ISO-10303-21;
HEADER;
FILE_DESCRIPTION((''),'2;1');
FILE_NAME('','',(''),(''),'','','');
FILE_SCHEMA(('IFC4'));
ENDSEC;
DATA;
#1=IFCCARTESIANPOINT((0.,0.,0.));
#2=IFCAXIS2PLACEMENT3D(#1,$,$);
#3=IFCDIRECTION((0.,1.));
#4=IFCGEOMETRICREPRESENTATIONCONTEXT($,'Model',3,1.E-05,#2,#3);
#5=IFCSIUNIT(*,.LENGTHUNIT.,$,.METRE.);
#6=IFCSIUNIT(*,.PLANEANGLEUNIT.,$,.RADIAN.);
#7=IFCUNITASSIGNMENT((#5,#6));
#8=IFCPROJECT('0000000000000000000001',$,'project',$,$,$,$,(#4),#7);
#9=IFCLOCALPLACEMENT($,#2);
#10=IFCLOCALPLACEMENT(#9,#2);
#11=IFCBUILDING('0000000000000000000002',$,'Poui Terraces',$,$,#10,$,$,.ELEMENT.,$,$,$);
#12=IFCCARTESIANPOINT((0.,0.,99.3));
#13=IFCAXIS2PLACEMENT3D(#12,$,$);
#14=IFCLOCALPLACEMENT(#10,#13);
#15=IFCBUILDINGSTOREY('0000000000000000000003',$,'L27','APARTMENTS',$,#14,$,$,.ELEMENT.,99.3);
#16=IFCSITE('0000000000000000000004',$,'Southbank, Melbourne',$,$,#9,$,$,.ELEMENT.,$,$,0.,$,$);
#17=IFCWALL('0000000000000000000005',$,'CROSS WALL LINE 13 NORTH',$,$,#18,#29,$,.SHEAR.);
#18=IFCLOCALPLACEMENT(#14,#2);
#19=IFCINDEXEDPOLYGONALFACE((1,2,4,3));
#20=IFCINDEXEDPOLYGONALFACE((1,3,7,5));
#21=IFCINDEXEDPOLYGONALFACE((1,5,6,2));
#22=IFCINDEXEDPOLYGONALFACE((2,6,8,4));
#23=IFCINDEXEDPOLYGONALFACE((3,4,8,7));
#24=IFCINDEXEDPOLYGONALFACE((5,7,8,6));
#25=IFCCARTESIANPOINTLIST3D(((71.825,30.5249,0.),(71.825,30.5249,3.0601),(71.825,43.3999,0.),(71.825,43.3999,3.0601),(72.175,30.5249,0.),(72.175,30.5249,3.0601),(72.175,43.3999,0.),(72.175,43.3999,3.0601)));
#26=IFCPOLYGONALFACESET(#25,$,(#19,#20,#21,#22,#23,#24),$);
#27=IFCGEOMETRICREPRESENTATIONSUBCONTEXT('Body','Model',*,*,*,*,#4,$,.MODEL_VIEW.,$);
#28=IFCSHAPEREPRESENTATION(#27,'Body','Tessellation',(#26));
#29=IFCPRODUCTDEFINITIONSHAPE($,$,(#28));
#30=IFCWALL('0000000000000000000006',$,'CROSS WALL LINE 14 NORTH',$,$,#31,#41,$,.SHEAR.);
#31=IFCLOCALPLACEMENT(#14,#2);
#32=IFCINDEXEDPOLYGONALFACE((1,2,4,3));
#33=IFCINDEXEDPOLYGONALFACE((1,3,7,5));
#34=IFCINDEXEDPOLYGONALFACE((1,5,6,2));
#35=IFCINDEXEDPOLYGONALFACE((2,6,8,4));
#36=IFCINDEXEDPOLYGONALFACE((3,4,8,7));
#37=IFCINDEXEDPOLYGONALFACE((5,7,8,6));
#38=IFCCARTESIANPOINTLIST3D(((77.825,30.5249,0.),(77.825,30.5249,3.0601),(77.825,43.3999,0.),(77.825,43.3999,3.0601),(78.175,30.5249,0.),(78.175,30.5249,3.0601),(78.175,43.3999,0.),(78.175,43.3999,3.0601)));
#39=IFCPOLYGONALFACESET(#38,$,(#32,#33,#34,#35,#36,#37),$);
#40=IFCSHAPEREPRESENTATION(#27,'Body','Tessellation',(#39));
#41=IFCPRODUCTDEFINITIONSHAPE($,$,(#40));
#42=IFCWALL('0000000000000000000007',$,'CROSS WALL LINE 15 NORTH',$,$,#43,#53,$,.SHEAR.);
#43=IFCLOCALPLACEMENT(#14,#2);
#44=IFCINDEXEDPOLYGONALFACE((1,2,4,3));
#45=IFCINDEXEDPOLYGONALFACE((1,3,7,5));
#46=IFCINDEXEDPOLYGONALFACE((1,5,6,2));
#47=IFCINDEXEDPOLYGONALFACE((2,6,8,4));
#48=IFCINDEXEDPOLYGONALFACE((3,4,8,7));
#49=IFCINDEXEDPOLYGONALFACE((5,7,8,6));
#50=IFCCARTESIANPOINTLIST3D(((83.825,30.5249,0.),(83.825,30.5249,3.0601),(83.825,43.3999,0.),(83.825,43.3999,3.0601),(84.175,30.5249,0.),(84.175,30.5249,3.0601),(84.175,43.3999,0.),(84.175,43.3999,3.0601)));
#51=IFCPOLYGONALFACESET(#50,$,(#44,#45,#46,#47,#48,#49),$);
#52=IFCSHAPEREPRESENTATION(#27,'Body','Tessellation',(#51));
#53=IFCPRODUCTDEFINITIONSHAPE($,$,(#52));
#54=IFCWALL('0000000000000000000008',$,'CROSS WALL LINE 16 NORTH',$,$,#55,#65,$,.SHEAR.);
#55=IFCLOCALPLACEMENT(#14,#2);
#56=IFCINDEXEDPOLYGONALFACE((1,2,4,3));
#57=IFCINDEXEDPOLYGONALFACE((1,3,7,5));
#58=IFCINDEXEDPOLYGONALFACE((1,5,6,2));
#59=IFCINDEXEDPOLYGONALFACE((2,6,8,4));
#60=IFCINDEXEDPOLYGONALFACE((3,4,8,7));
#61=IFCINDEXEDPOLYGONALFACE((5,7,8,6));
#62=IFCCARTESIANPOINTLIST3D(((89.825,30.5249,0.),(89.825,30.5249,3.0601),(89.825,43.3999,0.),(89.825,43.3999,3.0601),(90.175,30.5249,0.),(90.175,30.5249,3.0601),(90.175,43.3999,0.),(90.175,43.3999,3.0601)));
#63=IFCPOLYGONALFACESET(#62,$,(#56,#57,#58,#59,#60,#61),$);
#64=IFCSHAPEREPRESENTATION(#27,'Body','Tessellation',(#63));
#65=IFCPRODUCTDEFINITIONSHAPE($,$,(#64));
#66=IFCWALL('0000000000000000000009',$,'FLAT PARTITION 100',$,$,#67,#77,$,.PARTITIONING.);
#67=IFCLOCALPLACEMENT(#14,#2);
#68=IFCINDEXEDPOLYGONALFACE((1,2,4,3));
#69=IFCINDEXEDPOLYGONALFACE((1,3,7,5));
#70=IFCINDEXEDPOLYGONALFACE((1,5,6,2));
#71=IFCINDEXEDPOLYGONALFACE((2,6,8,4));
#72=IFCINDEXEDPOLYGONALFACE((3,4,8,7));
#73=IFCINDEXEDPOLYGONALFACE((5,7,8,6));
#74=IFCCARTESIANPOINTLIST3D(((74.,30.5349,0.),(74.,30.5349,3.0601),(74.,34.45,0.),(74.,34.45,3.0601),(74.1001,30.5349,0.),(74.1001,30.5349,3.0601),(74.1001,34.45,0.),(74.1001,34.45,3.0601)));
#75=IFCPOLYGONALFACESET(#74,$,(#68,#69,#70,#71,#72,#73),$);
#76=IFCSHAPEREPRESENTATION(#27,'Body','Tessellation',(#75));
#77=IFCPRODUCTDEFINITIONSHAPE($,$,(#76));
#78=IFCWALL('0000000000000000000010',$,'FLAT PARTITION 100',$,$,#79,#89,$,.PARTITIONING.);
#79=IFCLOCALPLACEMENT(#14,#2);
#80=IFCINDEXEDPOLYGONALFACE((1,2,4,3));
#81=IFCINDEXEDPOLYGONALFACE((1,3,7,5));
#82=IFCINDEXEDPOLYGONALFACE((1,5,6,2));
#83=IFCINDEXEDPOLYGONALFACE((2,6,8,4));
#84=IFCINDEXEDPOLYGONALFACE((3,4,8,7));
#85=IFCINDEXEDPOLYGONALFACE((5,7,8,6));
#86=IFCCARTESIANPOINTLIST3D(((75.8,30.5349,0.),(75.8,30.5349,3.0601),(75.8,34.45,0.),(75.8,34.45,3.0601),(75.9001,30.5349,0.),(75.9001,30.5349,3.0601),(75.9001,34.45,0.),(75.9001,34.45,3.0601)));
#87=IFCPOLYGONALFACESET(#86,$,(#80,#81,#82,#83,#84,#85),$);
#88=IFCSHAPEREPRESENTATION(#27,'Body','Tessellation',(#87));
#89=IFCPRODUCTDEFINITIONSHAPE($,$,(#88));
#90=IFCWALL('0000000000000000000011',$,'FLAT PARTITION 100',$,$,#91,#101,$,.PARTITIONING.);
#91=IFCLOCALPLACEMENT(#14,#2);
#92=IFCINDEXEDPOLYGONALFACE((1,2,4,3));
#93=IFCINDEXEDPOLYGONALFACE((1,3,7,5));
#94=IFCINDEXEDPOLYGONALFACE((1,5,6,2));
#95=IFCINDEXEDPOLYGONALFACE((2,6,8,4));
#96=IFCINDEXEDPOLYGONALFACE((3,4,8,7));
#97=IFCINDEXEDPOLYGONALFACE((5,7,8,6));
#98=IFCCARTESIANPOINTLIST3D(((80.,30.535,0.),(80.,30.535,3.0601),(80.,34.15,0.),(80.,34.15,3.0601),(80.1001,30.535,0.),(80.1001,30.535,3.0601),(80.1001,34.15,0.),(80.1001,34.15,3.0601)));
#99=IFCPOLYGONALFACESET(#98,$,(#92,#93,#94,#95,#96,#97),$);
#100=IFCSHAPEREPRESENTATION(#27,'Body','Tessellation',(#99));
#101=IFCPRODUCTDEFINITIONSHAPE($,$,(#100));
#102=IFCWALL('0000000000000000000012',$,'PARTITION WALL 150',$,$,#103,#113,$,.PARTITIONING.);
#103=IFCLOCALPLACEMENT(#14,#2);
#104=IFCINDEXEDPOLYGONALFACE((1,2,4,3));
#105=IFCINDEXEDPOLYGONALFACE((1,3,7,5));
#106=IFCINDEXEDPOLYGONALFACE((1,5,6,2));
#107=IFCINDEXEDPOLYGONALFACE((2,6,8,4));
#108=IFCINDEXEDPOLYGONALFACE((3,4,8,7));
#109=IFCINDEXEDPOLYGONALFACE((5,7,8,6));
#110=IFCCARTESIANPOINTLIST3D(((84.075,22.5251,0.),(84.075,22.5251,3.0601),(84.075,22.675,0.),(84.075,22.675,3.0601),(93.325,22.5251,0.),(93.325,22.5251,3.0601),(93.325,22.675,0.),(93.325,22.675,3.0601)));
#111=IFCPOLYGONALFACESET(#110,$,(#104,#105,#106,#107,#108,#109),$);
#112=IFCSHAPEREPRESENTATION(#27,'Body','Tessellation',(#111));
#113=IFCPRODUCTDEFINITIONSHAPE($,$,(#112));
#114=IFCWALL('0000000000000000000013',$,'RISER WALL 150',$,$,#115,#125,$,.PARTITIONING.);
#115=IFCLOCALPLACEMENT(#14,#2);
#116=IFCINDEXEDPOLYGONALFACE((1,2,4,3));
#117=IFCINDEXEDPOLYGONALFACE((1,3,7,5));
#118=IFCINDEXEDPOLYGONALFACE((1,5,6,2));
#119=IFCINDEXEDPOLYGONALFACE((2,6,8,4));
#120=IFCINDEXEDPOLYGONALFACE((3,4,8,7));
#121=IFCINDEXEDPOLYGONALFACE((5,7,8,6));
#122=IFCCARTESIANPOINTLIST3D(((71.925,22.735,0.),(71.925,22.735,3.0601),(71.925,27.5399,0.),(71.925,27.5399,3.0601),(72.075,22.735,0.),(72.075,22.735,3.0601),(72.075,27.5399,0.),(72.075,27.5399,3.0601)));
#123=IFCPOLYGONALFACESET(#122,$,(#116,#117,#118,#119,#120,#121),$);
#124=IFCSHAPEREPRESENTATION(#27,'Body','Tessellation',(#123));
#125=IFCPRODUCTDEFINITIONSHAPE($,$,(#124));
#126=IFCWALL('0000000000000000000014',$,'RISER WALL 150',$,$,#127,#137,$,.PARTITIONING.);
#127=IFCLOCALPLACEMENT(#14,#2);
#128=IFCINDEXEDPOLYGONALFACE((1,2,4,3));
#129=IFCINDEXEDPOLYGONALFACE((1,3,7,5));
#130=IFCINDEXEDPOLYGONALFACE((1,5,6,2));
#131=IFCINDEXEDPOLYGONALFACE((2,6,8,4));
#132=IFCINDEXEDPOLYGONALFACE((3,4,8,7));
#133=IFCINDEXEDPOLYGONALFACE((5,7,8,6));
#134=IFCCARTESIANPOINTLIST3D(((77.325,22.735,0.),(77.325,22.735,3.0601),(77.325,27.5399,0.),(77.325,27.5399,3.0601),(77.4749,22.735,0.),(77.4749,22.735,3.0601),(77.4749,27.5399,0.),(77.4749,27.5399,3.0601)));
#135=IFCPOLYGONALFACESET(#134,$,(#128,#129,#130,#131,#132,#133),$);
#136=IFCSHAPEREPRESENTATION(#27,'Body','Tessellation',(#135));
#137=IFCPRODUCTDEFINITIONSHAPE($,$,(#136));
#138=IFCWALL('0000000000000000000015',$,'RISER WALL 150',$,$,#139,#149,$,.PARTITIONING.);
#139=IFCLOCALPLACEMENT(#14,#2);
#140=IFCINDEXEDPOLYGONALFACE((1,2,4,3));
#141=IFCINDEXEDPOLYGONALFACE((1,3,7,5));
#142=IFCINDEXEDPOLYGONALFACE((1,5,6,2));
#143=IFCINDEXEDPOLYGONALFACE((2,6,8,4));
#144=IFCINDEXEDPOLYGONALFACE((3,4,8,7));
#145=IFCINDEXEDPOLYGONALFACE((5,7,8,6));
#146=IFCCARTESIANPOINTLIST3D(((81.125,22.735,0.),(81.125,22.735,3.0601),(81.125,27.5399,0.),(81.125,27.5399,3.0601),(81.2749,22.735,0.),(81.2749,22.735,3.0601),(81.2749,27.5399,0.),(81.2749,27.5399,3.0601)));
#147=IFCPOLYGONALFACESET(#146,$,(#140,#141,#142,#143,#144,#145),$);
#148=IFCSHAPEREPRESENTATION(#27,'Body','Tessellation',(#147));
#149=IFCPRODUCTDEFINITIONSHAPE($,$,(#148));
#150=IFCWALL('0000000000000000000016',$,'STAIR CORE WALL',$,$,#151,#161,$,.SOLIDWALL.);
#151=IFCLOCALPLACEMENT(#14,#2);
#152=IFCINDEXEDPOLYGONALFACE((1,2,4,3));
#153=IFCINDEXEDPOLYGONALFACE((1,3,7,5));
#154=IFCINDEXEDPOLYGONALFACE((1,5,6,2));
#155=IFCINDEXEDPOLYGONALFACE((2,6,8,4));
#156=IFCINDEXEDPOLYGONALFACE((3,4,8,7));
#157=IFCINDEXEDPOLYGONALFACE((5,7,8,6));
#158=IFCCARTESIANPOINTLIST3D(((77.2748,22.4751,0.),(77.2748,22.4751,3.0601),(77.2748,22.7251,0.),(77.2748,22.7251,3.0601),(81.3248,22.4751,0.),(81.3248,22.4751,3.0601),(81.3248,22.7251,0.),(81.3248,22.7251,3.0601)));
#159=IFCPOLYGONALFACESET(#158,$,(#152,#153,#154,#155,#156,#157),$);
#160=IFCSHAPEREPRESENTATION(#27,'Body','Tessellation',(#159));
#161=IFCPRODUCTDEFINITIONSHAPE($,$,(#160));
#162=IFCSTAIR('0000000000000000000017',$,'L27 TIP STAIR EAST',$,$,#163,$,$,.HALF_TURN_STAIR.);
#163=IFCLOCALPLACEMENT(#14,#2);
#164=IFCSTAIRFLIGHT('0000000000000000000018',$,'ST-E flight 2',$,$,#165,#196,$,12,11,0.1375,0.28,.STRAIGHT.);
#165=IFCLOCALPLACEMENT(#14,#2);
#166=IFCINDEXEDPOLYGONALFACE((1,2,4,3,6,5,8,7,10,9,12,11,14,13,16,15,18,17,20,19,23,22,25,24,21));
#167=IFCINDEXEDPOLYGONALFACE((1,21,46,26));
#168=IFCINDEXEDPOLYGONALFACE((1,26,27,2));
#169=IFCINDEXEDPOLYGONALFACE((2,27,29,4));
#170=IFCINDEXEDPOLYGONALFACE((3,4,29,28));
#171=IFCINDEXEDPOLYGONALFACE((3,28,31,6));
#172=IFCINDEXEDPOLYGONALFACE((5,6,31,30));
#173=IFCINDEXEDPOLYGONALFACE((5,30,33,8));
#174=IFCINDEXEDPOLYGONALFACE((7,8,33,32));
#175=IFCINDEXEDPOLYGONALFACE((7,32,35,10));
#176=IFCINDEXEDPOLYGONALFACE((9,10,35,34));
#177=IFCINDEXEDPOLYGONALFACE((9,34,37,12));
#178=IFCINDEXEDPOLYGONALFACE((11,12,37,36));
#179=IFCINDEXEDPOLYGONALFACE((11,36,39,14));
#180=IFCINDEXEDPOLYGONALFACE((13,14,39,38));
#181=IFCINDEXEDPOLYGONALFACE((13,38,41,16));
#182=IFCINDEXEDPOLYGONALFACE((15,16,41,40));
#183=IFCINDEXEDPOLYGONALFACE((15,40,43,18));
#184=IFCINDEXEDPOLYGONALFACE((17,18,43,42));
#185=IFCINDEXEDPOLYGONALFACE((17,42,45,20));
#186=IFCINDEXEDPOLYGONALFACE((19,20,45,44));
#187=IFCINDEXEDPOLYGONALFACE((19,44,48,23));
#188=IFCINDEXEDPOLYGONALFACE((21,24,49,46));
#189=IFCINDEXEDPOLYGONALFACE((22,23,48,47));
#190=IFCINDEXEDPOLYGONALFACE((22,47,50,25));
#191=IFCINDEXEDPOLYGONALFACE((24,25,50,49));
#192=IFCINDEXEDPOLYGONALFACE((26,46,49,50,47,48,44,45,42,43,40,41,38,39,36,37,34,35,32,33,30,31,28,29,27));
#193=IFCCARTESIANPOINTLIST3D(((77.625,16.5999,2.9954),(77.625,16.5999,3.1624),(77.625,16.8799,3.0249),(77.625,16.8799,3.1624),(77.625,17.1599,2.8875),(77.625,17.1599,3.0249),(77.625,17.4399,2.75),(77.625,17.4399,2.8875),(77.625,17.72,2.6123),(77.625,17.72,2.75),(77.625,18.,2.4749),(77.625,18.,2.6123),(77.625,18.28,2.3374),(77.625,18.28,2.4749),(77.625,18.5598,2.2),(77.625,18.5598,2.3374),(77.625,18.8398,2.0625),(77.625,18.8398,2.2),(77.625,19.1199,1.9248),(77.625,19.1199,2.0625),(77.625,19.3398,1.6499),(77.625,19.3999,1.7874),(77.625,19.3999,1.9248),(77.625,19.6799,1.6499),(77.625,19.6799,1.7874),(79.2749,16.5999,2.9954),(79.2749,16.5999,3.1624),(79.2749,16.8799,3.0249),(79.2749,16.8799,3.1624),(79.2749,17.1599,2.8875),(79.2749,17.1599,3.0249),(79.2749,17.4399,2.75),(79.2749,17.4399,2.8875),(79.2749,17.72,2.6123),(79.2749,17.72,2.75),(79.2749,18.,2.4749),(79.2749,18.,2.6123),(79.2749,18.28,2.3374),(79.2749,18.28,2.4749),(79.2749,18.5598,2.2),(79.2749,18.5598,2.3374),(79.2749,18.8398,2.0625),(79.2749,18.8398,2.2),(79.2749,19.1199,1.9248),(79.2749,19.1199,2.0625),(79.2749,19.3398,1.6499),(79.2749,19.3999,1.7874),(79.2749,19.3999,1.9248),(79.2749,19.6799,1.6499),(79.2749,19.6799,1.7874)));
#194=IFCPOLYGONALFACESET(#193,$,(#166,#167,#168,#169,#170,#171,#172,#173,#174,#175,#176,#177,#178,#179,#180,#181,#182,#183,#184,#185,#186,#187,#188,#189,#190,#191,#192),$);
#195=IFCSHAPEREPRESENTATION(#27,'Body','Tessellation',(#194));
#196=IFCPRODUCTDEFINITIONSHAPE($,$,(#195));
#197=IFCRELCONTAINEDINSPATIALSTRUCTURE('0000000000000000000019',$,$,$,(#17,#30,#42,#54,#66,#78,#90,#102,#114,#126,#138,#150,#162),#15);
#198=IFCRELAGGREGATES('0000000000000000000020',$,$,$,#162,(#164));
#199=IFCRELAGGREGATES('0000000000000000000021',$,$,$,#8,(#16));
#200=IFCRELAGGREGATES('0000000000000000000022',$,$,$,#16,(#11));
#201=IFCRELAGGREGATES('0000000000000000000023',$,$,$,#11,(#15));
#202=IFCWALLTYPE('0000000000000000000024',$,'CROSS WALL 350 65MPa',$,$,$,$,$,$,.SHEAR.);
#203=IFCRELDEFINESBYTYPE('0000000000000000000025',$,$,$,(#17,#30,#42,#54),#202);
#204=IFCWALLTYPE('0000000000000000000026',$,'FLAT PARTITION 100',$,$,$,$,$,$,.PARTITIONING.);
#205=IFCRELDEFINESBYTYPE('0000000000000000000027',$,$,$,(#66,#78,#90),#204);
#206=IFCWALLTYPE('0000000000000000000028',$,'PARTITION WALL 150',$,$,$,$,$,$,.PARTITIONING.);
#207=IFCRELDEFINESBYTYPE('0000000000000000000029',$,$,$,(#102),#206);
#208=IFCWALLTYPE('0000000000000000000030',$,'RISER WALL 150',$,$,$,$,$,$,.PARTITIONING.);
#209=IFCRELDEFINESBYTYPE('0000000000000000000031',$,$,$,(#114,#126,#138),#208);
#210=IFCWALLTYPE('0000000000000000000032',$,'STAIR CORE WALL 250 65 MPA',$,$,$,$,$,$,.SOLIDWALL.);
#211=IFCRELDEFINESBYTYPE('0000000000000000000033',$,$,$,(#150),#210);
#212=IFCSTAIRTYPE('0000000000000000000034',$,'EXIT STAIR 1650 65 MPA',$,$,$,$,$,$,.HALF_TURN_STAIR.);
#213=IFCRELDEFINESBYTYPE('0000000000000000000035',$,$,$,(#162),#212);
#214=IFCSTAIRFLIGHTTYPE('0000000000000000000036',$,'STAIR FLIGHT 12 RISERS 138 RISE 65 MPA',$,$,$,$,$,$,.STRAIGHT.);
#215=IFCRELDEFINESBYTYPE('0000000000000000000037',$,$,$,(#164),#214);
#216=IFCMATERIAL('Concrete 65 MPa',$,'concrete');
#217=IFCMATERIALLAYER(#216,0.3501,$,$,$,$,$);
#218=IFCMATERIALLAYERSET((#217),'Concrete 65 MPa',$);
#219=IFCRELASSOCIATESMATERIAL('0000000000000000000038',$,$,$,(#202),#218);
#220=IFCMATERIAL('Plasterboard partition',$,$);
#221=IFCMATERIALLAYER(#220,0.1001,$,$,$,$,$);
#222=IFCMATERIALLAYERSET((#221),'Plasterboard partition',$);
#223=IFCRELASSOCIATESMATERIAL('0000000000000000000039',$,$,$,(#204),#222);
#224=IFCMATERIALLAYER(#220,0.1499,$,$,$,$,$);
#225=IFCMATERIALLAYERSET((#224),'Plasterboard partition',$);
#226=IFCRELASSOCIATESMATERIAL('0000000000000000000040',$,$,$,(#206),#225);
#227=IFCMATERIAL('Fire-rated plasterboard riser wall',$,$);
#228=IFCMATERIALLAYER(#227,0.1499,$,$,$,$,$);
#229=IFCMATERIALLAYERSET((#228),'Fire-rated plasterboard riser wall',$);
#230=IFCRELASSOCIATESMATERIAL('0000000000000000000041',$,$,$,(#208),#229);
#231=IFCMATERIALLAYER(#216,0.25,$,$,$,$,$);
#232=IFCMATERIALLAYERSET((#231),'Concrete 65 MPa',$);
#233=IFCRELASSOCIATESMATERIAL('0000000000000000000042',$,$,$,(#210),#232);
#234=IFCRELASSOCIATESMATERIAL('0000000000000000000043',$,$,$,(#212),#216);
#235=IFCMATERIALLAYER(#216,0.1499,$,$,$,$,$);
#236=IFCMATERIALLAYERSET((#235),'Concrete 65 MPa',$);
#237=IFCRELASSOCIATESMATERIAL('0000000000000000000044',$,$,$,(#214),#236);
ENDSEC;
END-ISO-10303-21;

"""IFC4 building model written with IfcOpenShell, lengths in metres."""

from ifc_helpers import new_model, si_unit, direction, frame, frame_2d, origin, place, context, subcontext, project, spatial, polyline, rectangle, outline, extrude, material, layer, layer_set, type_object, element, aggregate, save


model = new_model("IFC4")

# Units and contexts
model_context = context("Model", 3, precision=1e-05, world=origin(), true_north=direction((0.0, 1.0)))
body_context = subcontext(model_context, "Body", "Model", "MODEL_VIEW")
ifc_project = project(units=[si_unit("LENGTHUNIT", "METRE"), si_unit("PLANEANGLEUNIT", "RADIAN")], contexts=[model_context])

# Site, building, storey
site_placement = place(None, origin())
site = spatial("IfcSite", under=ifc_project, at=site_placement, Name="Southbank, Melbourne", CompositionType="ELEMENT", RefElevation=0.0)
building_placement = place(site_placement, origin())
building = spatial("IfcBuilding", under=site, at=building_placement, Name="Poui Terraces", CompositionType="ELEMENT")
storey_placement = place(building_placement, frame((0.0, 0.0, 99.3)))
storey = spatial("IfcBuildingStorey", under=building, at=storey_placement, Name="L27", Description="APARTMENTS", CompositionType="ELEMENT", Elevation=99.3)

# Shared definitions
ifc_material_1 = material(Name="Concrete 65 MPa", Category="concrete")

# Walls
ifc_layer_1 = layer(ifc_material_1, 0.3501)
ifc_layer_set_1 = layer_set([ifc_layer_1], Name="Concrete 65 MPa")
wall_type_1 = type_object("IfcWallType", Name="CROSS WALL 350 65MPa", PredefinedType="SHEAR", material=ifc_layer_set_1)
for number, where, z_axis, x_axis, name in (
    (1, (72.0, 30.5249, 0.0), (0.0, 0.0, 1.0), (0.0, 1.0, 0.0), "CROSS WALL LINE 13 NORTH"),
    (2, (78.0, 30.5249, 0.0), (0.0, 0.0, 1.0), (0.0, 1.0, 0.0), "CROSS WALL LINE 14 NORTH"),
    (3, (84.0, 30.5249, 0.0), (0.0, 0.0, 1.0), (0.0, 1.0, 0.0), "CROSS WALL LINE 15 NORTH"),
    (4, (90.0, 30.5249, 0.0), (0.0, 0.0, 1.0), (0.0, 1.0, 0.0), "CROSS WALL LINE 16 NORTH"),
):
    element("IfcWall", number, at=place(storey_placement, frame(where, z_axis=z_axis, x_axis=x_axis)), inside=storey, type_object=wall_type_1, Name=name, PredefinedType="SHEAR", context=body_context, shape_type="SweptSolid", body=[
        extrude(rectangle(XDim=12.875, YDim=0.3501, at=frame_2d((6.4375, 0.0))), origin(), (0.0, 0.0, 1.0), 3.0601),
    ])
ifc_material_2 = material(Name="Plasterboard partition")
ifc_layer_2 = layer(ifc_material_2, 0.1001)
ifc_layer_set_2 = layer_set([ifc_layer_2], Name="Plasterboard partition")
wall_type_2 = type_object("IfcWallType", Name="FLAT PARTITION 100", PredefinedType="PARTITIONING", material=ifc_layer_set_2)
for number, where, z_axis, x_axis, name in (
    (5, (74.05, 30.5349, 0.0), (0.0, 0.0, 1.0), (0.0, 1.0, 0.0), "FLAT PARTITION 100"),
    (6, (75.8501, 30.5349, 0.0), (0.0, 0.0, 1.0), (0.0, 1.0, 0.0), "FLAT PARTITION 100"),
):
    element("IfcWall", number, at=place(storey_placement, frame(where, z_axis=z_axis, x_axis=x_axis)), inside=storey, type_object=wall_type_2, Name=name, PredefinedType="PARTITIONING", context=body_context, shape_type="SweptSolid", body=[
        extrude(rectangle(XDim=3.915, YDim=0.1001, at=frame_2d((1.9575, 0.0))), origin(), (0.0, 0.0, 1.0), 3.0601),
    ])
wall_1_placement = place(storey_placement, frame((80.05, 30.5349, 0.0), z_axis=(0.0, 0.0, 1.0), x_axis=(0.0, 1.0, 0.0)))
element("IfcWall", 7, at=wall_1_placement, inside=storey, type_object=wall_type_2, Name="FLAT PARTITION 100", PredefinedType="PARTITIONING", context=body_context, shape_type="SweptSolid", body=[
    extrude(rectangle(XDim=3.615, YDim=0.1001, at=frame_2d((1.8076, 0.0))), origin(), (0.0, 0.0, 1.0), 3.0601),
])
ifc_layer_3 = layer(ifc_material_2, 0.1499)
ifc_layer_set_3 = layer_set([ifc_layer_3], Name="Plasterboard partition")
wall_type_3 = type_object("IfcWallType", Name="PARTITION WALL 150", PredefinedType="PARTITIONING", material=ifc_layer_set_3)
wall_2_placement = place(storey_placement, frame((84.075, 22.6001, 0.0), z_axis=(0.0, 0.0, 1.0), x_axis=(1.0, 0.0, 0.0)))
element("IfcWall", 8, at=wall_2_placement, inside=storey, type_object=wall_type_3, Name="PARTITION WALL 150", PredefinedType="PARTITIONING", context=body_context, shape_type="SweptSolid", body=[
    extrude(rectangle(XDim=9.25, YDim=0.1499, at=frame_2d((4.625, 0.0))), origin(), (0.0, 0.0, 1.0), 3.0601),
])
ifc_material_3 = material(Name="Fire-rated plasterboard riser wall")
ifc_layer_4 = layer(ifc_material_3, 0.1499)
ifc_layer_set_4 = layer_set([ifc_layer_4], Name="Fire-rated plasterboard riser wall")
wall_type_4 = type_object("IfcWallType", Name="RISER WALL 150", PredefinedType="PARTITIONING", material=ifc_layer_set_4)
for number, where, z_axis, x_axis, name in (
    (9, (72.0, 22.7351, 0.0), (0.0, 0.0, 1.0), (0.0, 1.0, 0.0), "RISER WALL 150"),
    (10, (77.3999, 22.7351, 0.0), (0.0, 0.0, 1.0), (0.0, 1.0, 0.0), "RISER WALL 150"),
    (11, (81.2, 22.7351, 0.0), (0.0, 0.0, 1.0), (0.0, 1.0, 0.0), "RISER WALL 150"),
):
    element("IfcWall", number, at=place(storey_placement, frame(where, z_axis=z_axis, x_axis=x_axis)), inside=storey, type_object=wall_type_4, Name=name, PredefinedType="PARTITIONING", context=body_context, shape_type="SweptSolid", body=[
        extrude(rectangle(XDim=4.8049, YDim=0.1499, at=frame_2d((2.4023, 0.0))), origin(), (0.0, 0.0, 1.0), 3.0601),
    ])
ifc_layer_5 = layer(ifc_material_1, 0.25)
ifc_layer_set_5 = layer_set([ifc_layer_5], Name="Concrete 65 MPa")
wall_type_5 = type_object("IfcWallType", Name="STAIR CORE WALL 250 65 MPA", PredefinedType="SOLIDWALL", material=ifc_layer_set_5)
wall_3_placement = place(storey_placement, frame((77.2749, 22.6001, 0.0), z_axis=(0.0, 0.0, 1.0), x_axis=(1.0, 0.0, 0.0)))
element("IfcWall", 12, at=wall_3_placement, inside=storey, type_object=wall_type_5, Name="STAIR CORE WALL", PredefinedType="SOLIDWALL", context=body_context, shape_type="SweptSolid", body=[
    extrude(rectangle(XDim=4.05, YDim=0.25, at=frame_2d((2.0249, 0.0))), origin(), (0.0, 0.0, 1.0), 3.0601),
])

# Stair, stair flight
stair_type = type_object("IfcStairType", Name="EXIT STAIR 1650 65 MPA", PredefinedType="HALF_TURN_STAIR", material=ifc_material_1)
stair_placement = place(storey_placement, origin())
stair = element("IfcStair", 13, at=stair_placement, inside=storey, type_object=stair_type, Name="L27 TIP STAIR EAST", PredefinedType="HALF_TURN_STAIR")
ifc_layer_6 = layer(ifc_material_1, 0.1499)
ifc_layer_set_6 = layer_set([ifc_layer_6], Name="Concrete 65 MPa")
stair_flight_type = type_object("IfcStairFlightType", Name="STAIR FLIGHT 12 RISERS 138 RISE 65 MPA", PredefinedType="STRAIGHT", material=ifc_layer_set_6)
stair_flight_placement = place(storey_placement, frame((78.45, 19.6799, 1.6499), z_axis=(0.0, 0.0, 1.0), x_axis=(0.0, -1.0, 0.0)))
stair_flight = element("IfcStairFlight", 14, at=stair_flight_placement, type_object=stair_flight_type, Name="ST-E flight 2", NumberOfRisers=12, NumberOfTreads=11, PredefinedType="STRAIGHT", RiserHeight=0.1375, TreadLength=0.28, context=body_context, shape_type="SweptSolid", body=[
    extrude(outline(polyline([(0.0, 0.0), (0.0, 0.1375), (0.28, 0.1375), (0.28, 0.2749), (0.5601, 0.2749), (0.5601, 0.4126), (0.8401, 0.4126), (0.8401, 0.55), (1.1201, 0.55), (1.1201, 0.6875), (1.3999, 0.6875), (1.3999, 0.825), (1.6799, 0.825), (1.6799, 0.9624), (1.96, 0.9624), (1.96, 1.1001), (2.24, 1.1001), (2.24, 1.2375), (2.52, 1.2375), (2.52, 1.375), (2.8, 1.375), (2.8, 1.5125), (3.0801, 1.5125), (3.0801, 1.6499), (3.0801, 1.3455), (0.3401, 0.0), (0.0, 0.0)])), frame((0.0, 0.825, 0.0), z_axis=(0.0, -1.0, 0.0), x_axis=(1.0, 0.0, 0.0)), (0.0, 0.0, 1.0), 1.6499),
])
aggregate(stair, [stair_flight])

save(model, "model.ifc")
